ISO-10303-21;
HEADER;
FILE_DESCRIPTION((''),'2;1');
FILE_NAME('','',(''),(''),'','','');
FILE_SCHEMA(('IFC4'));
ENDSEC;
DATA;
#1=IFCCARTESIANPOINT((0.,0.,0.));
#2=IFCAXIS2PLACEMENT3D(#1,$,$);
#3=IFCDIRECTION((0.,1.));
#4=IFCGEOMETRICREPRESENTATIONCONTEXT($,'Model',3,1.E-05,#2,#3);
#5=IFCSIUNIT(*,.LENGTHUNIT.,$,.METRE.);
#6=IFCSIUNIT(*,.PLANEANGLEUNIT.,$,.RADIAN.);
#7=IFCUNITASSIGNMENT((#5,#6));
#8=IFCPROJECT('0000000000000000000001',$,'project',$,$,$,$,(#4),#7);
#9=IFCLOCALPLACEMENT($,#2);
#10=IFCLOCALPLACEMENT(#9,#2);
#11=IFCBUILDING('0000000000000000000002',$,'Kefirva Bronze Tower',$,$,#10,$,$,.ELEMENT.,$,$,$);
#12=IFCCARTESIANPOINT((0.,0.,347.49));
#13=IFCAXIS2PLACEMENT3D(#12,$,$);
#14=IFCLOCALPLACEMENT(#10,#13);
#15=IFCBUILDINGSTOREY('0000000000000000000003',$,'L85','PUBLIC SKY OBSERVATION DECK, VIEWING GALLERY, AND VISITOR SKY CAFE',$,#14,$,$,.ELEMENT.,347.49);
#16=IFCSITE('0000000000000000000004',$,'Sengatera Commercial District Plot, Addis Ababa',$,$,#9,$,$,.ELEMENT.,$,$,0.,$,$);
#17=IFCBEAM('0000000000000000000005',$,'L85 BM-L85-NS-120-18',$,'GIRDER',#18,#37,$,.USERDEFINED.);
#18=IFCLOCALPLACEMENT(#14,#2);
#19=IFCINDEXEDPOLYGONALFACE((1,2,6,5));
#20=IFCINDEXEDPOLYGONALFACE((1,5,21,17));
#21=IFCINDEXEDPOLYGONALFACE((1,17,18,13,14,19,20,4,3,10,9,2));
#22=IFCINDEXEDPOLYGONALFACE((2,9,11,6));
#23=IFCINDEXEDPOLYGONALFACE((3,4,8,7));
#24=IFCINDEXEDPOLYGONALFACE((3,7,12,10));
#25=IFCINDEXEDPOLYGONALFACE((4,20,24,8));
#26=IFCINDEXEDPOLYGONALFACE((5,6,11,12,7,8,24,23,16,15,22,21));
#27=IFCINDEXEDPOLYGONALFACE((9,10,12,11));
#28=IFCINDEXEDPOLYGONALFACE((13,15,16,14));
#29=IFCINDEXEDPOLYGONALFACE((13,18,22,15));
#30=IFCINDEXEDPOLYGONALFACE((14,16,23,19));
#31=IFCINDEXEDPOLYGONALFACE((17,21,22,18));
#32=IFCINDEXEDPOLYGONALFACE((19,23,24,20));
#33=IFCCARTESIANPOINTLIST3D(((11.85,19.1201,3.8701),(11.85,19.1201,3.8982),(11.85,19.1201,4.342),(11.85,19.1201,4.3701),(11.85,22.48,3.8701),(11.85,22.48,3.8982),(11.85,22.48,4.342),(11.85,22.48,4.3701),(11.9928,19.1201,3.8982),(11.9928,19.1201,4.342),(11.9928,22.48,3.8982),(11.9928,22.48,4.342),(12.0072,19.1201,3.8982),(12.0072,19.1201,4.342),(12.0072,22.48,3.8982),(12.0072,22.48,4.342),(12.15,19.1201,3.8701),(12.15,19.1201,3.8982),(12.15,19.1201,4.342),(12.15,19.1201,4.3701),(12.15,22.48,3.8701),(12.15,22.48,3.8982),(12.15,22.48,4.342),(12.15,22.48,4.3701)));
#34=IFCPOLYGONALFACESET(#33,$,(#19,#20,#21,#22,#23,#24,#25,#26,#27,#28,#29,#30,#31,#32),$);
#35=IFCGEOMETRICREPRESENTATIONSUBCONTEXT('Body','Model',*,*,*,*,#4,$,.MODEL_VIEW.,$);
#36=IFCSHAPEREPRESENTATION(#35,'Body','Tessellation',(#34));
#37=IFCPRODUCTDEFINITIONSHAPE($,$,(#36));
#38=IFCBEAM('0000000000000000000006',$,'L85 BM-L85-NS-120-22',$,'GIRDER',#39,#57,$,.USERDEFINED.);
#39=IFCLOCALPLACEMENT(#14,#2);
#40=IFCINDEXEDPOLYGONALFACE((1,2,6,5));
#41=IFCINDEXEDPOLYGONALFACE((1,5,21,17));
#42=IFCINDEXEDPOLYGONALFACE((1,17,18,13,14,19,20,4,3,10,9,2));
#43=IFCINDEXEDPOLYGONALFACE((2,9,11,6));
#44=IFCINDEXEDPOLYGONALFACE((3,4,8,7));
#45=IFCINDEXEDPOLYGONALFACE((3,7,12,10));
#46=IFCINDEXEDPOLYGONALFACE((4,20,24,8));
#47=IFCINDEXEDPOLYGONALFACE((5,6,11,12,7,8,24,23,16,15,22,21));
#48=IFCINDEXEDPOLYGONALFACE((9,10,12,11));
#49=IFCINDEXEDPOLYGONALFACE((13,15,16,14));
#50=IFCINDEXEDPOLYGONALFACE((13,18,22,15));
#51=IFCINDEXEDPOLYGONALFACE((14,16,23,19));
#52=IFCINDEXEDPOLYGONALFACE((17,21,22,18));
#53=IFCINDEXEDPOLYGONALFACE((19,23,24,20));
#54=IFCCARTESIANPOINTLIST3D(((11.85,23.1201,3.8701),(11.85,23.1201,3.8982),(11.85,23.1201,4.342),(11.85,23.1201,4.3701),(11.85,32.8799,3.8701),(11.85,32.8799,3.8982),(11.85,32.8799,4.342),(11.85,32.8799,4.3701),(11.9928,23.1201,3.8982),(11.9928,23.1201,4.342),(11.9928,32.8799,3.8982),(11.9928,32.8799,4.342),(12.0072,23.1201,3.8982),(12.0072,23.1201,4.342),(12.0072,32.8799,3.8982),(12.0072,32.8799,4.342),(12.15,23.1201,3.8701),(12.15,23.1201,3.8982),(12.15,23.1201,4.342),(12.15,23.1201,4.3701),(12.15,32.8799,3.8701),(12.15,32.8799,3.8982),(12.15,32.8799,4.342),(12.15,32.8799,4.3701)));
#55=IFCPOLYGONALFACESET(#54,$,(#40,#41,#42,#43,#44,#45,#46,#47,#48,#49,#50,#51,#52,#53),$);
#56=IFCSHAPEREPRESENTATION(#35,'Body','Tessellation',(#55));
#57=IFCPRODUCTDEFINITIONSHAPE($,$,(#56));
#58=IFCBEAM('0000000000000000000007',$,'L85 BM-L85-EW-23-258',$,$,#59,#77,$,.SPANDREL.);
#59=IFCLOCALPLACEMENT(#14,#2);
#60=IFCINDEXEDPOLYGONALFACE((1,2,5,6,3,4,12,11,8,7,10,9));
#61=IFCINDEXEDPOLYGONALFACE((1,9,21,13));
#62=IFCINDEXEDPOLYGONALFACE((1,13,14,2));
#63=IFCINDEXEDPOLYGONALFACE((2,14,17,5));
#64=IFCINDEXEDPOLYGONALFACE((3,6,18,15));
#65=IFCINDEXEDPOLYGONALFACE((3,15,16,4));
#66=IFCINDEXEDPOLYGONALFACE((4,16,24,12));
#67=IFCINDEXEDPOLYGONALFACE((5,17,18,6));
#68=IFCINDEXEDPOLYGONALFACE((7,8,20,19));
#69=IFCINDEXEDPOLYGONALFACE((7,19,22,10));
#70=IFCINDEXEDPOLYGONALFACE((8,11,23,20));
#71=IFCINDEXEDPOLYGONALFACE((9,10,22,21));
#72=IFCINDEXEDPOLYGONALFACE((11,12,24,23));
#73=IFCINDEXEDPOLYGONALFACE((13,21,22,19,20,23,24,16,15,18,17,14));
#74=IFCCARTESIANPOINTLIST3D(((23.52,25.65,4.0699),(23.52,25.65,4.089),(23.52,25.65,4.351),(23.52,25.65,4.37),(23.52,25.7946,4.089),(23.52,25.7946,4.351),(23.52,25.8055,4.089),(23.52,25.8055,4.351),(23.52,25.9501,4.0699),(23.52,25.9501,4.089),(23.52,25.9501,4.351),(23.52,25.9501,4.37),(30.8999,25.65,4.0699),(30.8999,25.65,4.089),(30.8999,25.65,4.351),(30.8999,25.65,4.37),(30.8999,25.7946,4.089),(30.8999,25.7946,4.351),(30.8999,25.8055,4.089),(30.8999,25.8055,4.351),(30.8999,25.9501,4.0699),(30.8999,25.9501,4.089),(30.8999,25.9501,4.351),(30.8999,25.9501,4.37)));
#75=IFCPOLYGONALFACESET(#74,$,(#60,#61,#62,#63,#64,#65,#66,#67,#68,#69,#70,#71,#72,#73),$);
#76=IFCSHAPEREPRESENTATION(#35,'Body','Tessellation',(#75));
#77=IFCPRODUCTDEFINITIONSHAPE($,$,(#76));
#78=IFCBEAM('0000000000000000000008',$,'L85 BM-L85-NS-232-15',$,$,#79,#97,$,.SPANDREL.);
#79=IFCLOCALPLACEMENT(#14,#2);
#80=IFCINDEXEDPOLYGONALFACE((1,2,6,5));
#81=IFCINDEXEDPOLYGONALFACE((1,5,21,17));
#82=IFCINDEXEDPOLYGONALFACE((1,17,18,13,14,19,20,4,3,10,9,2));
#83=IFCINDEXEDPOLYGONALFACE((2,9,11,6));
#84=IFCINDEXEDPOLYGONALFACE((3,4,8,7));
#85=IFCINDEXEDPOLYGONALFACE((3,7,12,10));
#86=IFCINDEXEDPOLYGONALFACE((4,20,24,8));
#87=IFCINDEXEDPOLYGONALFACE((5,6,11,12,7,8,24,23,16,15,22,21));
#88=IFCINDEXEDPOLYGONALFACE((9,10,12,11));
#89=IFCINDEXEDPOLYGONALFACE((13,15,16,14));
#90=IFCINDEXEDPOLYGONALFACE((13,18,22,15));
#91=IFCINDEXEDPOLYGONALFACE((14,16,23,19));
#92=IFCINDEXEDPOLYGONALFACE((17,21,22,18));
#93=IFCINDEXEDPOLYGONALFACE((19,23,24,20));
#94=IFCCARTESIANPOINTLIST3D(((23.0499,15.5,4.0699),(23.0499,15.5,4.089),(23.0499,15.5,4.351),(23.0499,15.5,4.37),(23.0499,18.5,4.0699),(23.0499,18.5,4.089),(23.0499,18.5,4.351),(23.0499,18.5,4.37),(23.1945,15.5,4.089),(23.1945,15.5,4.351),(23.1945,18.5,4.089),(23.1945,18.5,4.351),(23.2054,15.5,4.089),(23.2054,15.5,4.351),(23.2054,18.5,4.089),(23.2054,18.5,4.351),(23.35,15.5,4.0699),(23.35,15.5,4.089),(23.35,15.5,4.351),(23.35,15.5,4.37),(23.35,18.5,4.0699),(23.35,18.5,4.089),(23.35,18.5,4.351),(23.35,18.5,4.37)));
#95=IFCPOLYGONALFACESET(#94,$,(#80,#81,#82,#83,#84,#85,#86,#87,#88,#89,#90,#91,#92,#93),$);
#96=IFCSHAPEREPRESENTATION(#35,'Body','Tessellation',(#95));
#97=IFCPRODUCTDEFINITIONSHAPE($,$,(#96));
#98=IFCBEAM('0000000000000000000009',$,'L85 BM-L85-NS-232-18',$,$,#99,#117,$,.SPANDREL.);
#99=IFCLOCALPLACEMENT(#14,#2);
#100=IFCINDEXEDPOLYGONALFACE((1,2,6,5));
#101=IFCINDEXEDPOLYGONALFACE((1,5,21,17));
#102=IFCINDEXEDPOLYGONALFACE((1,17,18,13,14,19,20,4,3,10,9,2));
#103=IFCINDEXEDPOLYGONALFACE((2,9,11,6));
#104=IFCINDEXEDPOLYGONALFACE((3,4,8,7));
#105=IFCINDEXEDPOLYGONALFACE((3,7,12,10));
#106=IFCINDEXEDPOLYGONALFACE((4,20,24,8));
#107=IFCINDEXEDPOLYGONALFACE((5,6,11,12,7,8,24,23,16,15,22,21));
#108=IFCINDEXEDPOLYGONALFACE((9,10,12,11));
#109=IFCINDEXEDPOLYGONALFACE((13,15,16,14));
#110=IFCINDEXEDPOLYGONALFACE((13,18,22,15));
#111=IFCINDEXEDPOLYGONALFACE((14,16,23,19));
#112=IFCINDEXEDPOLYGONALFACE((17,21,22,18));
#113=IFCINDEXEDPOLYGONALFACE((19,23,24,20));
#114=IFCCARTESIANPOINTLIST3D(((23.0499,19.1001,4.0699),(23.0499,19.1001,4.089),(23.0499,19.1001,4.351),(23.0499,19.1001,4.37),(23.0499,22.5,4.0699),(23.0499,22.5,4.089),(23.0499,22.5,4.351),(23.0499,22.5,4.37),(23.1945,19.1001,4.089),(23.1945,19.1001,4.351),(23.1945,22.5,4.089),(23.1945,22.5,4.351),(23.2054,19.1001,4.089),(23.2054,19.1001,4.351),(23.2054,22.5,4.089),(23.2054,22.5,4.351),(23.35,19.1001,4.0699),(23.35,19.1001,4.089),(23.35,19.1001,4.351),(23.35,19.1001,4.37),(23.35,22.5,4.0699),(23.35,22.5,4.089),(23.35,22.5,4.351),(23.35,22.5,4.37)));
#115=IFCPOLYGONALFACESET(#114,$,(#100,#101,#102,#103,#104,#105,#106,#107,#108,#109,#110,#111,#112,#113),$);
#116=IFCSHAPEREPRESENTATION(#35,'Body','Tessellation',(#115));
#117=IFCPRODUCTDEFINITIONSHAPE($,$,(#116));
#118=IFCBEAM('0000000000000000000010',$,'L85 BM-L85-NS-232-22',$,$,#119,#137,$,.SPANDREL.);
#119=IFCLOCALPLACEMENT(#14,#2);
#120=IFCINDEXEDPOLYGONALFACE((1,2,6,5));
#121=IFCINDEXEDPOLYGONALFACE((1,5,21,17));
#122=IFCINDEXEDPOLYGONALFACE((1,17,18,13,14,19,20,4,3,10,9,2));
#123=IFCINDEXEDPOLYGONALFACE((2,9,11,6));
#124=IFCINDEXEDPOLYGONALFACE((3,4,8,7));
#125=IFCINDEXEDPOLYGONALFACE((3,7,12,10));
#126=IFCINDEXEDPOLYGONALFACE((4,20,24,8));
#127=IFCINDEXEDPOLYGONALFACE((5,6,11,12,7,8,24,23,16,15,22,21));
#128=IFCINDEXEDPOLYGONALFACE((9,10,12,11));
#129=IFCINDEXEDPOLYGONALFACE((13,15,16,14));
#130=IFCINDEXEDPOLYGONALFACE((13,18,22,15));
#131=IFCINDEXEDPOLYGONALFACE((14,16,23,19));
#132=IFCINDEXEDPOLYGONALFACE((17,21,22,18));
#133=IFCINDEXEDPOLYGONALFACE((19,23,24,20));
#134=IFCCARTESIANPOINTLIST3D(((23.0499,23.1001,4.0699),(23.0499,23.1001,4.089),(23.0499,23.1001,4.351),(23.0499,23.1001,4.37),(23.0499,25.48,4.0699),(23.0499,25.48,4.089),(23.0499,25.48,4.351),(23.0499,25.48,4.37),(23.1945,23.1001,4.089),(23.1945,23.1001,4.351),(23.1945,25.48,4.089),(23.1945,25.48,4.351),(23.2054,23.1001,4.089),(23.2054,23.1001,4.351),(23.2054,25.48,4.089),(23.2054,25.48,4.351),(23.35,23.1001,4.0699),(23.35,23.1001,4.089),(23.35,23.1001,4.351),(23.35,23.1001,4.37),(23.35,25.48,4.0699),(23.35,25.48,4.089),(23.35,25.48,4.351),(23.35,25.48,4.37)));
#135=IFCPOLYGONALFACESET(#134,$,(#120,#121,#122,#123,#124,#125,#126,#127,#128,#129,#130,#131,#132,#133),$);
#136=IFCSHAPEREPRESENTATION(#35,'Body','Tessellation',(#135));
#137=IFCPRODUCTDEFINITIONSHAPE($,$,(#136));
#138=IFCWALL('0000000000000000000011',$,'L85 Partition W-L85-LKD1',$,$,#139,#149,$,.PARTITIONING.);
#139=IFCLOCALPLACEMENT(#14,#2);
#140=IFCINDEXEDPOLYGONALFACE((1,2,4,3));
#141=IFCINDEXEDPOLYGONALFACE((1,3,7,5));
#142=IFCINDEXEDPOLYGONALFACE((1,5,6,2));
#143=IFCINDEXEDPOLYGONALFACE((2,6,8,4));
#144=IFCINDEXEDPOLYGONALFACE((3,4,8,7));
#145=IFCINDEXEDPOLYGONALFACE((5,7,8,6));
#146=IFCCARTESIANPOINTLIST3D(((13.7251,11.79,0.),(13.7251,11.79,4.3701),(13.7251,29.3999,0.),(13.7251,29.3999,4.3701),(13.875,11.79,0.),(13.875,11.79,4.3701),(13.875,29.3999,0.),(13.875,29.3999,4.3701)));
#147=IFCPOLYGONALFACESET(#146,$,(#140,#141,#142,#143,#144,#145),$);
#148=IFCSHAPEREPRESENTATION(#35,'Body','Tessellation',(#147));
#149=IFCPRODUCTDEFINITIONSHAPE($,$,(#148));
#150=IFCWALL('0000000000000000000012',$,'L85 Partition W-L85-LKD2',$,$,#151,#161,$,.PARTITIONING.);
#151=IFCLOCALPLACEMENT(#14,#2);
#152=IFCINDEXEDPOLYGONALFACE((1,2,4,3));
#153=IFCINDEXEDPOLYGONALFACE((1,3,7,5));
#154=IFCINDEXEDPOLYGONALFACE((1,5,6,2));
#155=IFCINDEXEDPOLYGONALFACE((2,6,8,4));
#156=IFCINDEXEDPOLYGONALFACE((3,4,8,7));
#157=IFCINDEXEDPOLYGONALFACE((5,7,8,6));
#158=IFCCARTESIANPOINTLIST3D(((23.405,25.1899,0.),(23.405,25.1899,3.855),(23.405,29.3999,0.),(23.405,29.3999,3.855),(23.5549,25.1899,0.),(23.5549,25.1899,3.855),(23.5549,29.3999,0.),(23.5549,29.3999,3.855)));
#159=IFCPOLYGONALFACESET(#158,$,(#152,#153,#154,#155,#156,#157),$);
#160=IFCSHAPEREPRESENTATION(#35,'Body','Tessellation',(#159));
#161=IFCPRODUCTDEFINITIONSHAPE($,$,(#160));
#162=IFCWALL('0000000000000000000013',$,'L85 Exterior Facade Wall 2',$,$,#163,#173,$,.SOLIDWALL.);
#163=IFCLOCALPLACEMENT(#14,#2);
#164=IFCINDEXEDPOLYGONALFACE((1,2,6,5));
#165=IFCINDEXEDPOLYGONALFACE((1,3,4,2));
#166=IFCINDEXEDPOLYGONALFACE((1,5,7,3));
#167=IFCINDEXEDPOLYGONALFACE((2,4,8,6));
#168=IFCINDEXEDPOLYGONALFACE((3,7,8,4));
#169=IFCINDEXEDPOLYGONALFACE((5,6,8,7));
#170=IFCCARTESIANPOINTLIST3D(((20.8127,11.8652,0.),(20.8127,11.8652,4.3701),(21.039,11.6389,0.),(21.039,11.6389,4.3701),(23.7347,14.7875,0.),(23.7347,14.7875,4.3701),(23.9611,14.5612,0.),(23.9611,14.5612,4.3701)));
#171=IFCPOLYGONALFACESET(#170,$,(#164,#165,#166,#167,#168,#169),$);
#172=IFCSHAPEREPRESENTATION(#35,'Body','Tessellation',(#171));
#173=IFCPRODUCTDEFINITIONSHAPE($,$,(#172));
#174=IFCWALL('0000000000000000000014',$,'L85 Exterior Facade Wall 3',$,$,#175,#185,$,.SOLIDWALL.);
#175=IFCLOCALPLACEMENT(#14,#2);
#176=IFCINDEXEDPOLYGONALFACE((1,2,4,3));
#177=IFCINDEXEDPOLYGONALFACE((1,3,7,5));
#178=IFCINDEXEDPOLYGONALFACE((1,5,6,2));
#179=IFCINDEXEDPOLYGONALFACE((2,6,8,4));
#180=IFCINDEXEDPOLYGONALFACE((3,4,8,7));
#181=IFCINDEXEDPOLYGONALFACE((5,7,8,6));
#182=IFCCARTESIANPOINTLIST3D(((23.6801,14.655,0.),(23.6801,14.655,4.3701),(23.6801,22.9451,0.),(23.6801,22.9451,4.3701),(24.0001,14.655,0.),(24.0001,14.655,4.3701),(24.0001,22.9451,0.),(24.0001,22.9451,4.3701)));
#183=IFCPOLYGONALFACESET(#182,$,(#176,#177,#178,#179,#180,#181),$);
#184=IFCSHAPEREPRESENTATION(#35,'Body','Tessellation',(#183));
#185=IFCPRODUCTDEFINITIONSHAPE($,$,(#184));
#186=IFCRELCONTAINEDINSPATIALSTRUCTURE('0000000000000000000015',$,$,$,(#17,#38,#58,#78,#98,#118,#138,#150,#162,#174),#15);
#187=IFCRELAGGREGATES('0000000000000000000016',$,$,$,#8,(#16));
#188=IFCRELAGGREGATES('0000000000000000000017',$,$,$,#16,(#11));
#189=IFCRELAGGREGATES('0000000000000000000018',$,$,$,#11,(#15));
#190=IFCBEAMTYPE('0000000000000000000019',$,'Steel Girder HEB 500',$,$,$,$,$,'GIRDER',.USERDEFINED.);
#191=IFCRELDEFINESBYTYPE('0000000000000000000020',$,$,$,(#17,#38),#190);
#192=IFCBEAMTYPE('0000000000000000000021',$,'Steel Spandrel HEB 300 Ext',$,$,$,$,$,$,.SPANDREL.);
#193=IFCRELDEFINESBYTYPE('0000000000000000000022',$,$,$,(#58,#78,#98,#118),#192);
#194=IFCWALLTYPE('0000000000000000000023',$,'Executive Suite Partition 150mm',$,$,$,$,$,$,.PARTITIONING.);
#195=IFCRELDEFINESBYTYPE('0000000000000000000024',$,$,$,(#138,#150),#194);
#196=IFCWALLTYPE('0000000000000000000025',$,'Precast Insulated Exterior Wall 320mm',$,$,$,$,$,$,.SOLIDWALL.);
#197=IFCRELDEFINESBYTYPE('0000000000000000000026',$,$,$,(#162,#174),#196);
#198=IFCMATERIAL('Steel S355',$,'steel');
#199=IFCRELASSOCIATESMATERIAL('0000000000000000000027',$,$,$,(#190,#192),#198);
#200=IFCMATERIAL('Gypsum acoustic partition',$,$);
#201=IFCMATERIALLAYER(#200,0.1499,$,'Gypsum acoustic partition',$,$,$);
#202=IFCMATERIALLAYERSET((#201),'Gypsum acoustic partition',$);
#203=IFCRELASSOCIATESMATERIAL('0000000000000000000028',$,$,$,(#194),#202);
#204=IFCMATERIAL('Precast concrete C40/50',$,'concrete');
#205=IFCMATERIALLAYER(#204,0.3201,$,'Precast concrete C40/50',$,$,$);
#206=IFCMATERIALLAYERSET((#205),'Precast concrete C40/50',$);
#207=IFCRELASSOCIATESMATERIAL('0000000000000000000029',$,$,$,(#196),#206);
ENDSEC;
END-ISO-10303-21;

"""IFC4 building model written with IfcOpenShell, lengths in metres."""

from ifc_helpers import new_model, si_unit, direction, frame, frame_2d, origin, origin_2d, place, context, subcontext, project, spatial, rectangle, i_section, extrude, material, layer, layer_set, material_profile, profile_set, type_object, element, save


model = new_model("IFC4")

# Units and contexts
model_context = context("Model", 3, precision=1e-05, world=origin(), true_north=direction((0.0, 1.0)))
body_context = subcontext(model_context, "Body", "Model", "MODEL_VIEW")
ifc_project = project(units=[si_unit("LENGTHUNIT", "METRE"), si_unit("PLANEANGLEUNIT", "RADIAN")], contexts=[model_context])

# Site, building, storey
site_placement = place(None, origin())
site = spatial("IfcSite", under=ifc_project, at=site_placement, Name="Sengatera Commercial District Plot, Addis Ababa", CompositionType="ELEMENT", RefElevation=0.0)
building_placement = place(site_placement, origin())
building = spatial("IfcBuilding", under=site, at=building_placement, Name="Kefirva Bronze Tower", CompositionType="ELEMENT")
storey_placement = place(building_placement, frame((0.0, 0.0, 347.49)))
storey = spatial("IfcBuildingStorey", under=building, at=storey_placement, Name="L85", Description="PUBLIC SKY OBSERVATION DECK, VIEWING GALLERY, AND VISITOR SKY CAFE", CompositionType="ELEMENT", Elevation=347.49)

# Beams
ifc_material_1 = material(Name="Steel S355", Category="steel")
ifc_material_profile_1 = material_profile(ifc_material_1, i_section(OverallWidth=0.3, OverallDepth=0.5, WebThickness=0.0144, FlangeThickness=0.0281, at=origin_2d()), Name="HEB 500")
ifc_profile_set_1 = profile_set([ifc_material_profile_1], Name="Steel S355")
beam_type_1 = type_object("IfcBeamType", Name="Steel Girder HEB 500", ElementType="GIRDER", PredefinedType="USERDEFINED", material=ifc_profile_set_1)
beam_1_placement = place(storey_placement, frame((12.0, 19.1201, 4.1201), z_axis=(0.0, 1.0, 0.0), x_axis=(-1.0, 0.0, 0.0)))
element("IfcBeam", 1, at=beam_1_placement, inside=storey, type_object=beam_type_1, Name="L85 BM-L85-NS-120-18", ObjectType="GIRDER", PredefinedType="USERDEFINED", context=body_context, shape_type="SweptSolid", body=[
    extrude(i_section(OverallWidth=0.3, OverallDepth=0.5, WebThickness=0.0144, FlangeThickness=0.0281, at=origin_2d()), origin(), (0.0, 0.0, 1.0), 3.3599),
])
beam_2_placement = place(storey_placement, frame((12.0, 23.1201, 4.1201), z_axis=(0.0, 1.0, 0.0), x_axis=(-1.0, 0.0, 0.0)))
element("IfcBeam", 2, at=beam_2_placement, inside=storey, type_object=beam_type_1, Name="L85 BM-L85-NS-120-22", ObjectType="GIRDER", PredefinedType="USERDEFINED", context=body_context, shape_type="SweptSolid", body=[
    extrude(i_section(OverallWidth=0.3, OverallDepth=0.5, WebThickness=0.0144, FlangeThickness=0.0281, at=origin_2d()), origin(), (0.0, 0.0, 1.0), 9.7598),
])
ifc_material_profile_2 = material_profile(ifc_material_1, i_section(OverallWidth=0.3, OverallDepth=0.3, WebThickness=0.011, FlangeThickness=0.019, at=origin_2d()), Name="HEB 300")
ifc_profile_set_2 = profile_set([ifc_material_profile_2], Name="Steel S355")
beam_type_2 = type_object("IfcBeamType", Name="Steel Spandrel HEB 300 Ext", PredefinedType="SPANDREL", material=ifc_profile_set_2)
beam_3_placement = place(storey_placement, frame((23.52, 25.8, 4.22), z_axis=(1.0, 0.0, 0.0), x_axis=(0.0, 1.0, 0.0)))
element("IfcBeam", 3, at=beam_3_placement, inside=storey, type_object=beam_type_2, Name="L85 BM-L85-EW-23-258", PredefinedType="SPANDREL", context=body_context, shape_type="SweptSolid", body=[
    extrude(i_section(OverallWidth=0.3, OverallDepth=0.3, WebThickness=0.011, FlangeThickness=0.019, at=origin_2d()), origin(), (0.0, 0.0, 1.0), 7.3799),
])
beam_4_placement = place(storey_placement, frame((23.2, 15.5, 4.22), z_axis=(0.0, 1.0, 0.0), x_axis=(-1.0, 0.0, 0.0)))
element("IfcBeam", 4, at=beam_4_placement, inside=storey, type_object=beam_type_2, Name="L85 BM-L85-NS-232-15", PredefinedType="SPANDREL", context=body_context, shape_type="SweptSolid", body=[
    extrude(i_section(OverallWidth=0.3, OverallDepth=0.3, WebThickness=0.011, FlangeThickness=0.019, at=origin_2d()), origin(), (0.0, 0.0, 1.0), 3.0),
])
beam_5_placement = place(storey_placement, frame((23.2, 19.1001, 4.22), z_axis=(0.0, 1.0, 0.0), x_axis=(-1.0, 0.0, 0.0)))
element("IfcBeam", 5, at=beam_5_placement, inside=storey, type_object=beam_type_2, Name="L85 BM-L85-NS-232-18", PredefinedType="SPANDREL", context=body_context, shape_type="SweptSolid", body=[
    extrude(i_section(OverallWidth=0.3, OverallDepth=0.3, WebThickness=0.011, FlangeThickness=0.019, at=origin_2d()), origin(), (0.0, 0.0, 1.0), 3.3999),
])
beam_6_placement = place(storey_placement, frame((23.2, 23.1001, 4.22), z_axis=(0.0, 1.0, 0.0), x_axis=(-1.0, 0.0, 0.0)))
element("IfcBeam", 6, at=beam_6_placement, inside=storey, type_object=beam_type_2, Name="L85 BM-L85-NS-232-22", PredefinedType="SPANDREL", context=body_context, shape_type="SweptSolid", body=[
    extrude(i_section(OverallWidth=0.3, OverallDepth=0.3, WebThickness=0.011, FlangeThickness=0.019, at=origin_2d()), origin(), (0.0, 0.0, 1.0), 2.3799),
])

# Walls
ifc_material_2 = material(Name="Gypsum acoustic partition")
ifc_layer_1 = layer(ifc_material_2, 0.1499, Name="Gypsum acoustic partition")
ifc_layer_set_1 = layer_set([ifc_layer_1], Name="Gypsum acoustic partition")
wall_type_1 = type_object("IfcWallType", Name="Executive Suite Partition 150mm", PredefinedType="PARTITIONING", material=ifc_layer_set_1)
wall_1_placement = place(storey_placement, frame((13.8, 11.79, 0.0), z_axis=(0.0, 0.0, 1.0), x_axis=(0.0, 1.0, 0.0)))
element("IfcWall", 7, at=wall_1_placement, inside=storey, type_object=wall_type_1, Name="L85 Partition W-L85-LKD1", PredefinedType="PARTITIONING", context=body_context, shape_type="SweptSolid", body=[
    extrude(rectangle(XDim=17.6099, YDim=0.1499, at=frame_2d((8.8049, 0.0))), origin(), (0.0, 0.0, 1.0), 4.3701),
])
wall_2_placement = place(storey_placement, frame((23.48, 25.1899, 0.0), z_axis=(0.0, 0.0, 1.0), x_axis=(0.0, 1.0, 0.0)))
element("IfcWall", 8, at=wall_2_placement, inside=storey, type_object=wall_type_1, Name="L85 Partition W-L85-LKD2", PredefinedType="PARTITIONING", context=body_context, shape_type="SweptSolid", body=[
    extrude(rectangle(XDim=4.21, YDim=0.1499, at=frame_2d((2.105, 0.0))), origin(), (0.0, 0.0, 1.0), 3.855),
])
ifc_material_3 = material(Name="Precast concrete C40/50", Category="concrete")
ifc_layer_2 = layer(ifc_material_3, 0.3201, Name="Precast concrete C40/50")
ifc_layer_set_2 = layer_set([ifc_layer_2], Name="Precast concrete C40/50")
wall_type_2 = type_object("IfcWallType", Name="Precast Insulated Exterior Wall 320mm", PredefinedType="SOLIDWALL", material=ifc_layer_set_2)
wall_3_placement = place(storey_placement, frame((20.9258, 11.752, 0.0), z_axis=(0.0, 0.0, 1.0), x_axis=(0.707077, 0.707136, 0.0)))
element("IfcWall", 9, at=wall_3_placement, inside=storey, type_object=wall_type_2, Name="L85 Exterior Facade Wall 2", PredefinedType="SOLIDWALL", context=body_context, shape_type="SweptSolid", body=[
    extrude(rectangle(XDim=4.1326, YDim=0.3201, at=frame_2d((2.0664, 0.0))), origin(), (0.0, 0.0, 1.0), 4.3701),
])
wall_4_placement = place(storey_placement, frame((23.8401, 14.655, 0.0), z_axis=(0.0, 0.0, 1.0), x_axis=(0.0, 1.0, 0.0)))
element("IfcWall", 10, at=wall_4_placement, inside=storey, type_object=wall_type_2, Name="L85 Exterior Facade Wall 3", PredefinedType="SOLIDWALL", context=body_context, shape_type="SweptSolid", body=[
    extrude(rectangle(XDim=8.29, YDim=0.3201, at=frame_2d((4.145, 0.0))), origin(), (0.0, 0.0, 1.0), 4.3701),
])

save(model, "model.ifc")
